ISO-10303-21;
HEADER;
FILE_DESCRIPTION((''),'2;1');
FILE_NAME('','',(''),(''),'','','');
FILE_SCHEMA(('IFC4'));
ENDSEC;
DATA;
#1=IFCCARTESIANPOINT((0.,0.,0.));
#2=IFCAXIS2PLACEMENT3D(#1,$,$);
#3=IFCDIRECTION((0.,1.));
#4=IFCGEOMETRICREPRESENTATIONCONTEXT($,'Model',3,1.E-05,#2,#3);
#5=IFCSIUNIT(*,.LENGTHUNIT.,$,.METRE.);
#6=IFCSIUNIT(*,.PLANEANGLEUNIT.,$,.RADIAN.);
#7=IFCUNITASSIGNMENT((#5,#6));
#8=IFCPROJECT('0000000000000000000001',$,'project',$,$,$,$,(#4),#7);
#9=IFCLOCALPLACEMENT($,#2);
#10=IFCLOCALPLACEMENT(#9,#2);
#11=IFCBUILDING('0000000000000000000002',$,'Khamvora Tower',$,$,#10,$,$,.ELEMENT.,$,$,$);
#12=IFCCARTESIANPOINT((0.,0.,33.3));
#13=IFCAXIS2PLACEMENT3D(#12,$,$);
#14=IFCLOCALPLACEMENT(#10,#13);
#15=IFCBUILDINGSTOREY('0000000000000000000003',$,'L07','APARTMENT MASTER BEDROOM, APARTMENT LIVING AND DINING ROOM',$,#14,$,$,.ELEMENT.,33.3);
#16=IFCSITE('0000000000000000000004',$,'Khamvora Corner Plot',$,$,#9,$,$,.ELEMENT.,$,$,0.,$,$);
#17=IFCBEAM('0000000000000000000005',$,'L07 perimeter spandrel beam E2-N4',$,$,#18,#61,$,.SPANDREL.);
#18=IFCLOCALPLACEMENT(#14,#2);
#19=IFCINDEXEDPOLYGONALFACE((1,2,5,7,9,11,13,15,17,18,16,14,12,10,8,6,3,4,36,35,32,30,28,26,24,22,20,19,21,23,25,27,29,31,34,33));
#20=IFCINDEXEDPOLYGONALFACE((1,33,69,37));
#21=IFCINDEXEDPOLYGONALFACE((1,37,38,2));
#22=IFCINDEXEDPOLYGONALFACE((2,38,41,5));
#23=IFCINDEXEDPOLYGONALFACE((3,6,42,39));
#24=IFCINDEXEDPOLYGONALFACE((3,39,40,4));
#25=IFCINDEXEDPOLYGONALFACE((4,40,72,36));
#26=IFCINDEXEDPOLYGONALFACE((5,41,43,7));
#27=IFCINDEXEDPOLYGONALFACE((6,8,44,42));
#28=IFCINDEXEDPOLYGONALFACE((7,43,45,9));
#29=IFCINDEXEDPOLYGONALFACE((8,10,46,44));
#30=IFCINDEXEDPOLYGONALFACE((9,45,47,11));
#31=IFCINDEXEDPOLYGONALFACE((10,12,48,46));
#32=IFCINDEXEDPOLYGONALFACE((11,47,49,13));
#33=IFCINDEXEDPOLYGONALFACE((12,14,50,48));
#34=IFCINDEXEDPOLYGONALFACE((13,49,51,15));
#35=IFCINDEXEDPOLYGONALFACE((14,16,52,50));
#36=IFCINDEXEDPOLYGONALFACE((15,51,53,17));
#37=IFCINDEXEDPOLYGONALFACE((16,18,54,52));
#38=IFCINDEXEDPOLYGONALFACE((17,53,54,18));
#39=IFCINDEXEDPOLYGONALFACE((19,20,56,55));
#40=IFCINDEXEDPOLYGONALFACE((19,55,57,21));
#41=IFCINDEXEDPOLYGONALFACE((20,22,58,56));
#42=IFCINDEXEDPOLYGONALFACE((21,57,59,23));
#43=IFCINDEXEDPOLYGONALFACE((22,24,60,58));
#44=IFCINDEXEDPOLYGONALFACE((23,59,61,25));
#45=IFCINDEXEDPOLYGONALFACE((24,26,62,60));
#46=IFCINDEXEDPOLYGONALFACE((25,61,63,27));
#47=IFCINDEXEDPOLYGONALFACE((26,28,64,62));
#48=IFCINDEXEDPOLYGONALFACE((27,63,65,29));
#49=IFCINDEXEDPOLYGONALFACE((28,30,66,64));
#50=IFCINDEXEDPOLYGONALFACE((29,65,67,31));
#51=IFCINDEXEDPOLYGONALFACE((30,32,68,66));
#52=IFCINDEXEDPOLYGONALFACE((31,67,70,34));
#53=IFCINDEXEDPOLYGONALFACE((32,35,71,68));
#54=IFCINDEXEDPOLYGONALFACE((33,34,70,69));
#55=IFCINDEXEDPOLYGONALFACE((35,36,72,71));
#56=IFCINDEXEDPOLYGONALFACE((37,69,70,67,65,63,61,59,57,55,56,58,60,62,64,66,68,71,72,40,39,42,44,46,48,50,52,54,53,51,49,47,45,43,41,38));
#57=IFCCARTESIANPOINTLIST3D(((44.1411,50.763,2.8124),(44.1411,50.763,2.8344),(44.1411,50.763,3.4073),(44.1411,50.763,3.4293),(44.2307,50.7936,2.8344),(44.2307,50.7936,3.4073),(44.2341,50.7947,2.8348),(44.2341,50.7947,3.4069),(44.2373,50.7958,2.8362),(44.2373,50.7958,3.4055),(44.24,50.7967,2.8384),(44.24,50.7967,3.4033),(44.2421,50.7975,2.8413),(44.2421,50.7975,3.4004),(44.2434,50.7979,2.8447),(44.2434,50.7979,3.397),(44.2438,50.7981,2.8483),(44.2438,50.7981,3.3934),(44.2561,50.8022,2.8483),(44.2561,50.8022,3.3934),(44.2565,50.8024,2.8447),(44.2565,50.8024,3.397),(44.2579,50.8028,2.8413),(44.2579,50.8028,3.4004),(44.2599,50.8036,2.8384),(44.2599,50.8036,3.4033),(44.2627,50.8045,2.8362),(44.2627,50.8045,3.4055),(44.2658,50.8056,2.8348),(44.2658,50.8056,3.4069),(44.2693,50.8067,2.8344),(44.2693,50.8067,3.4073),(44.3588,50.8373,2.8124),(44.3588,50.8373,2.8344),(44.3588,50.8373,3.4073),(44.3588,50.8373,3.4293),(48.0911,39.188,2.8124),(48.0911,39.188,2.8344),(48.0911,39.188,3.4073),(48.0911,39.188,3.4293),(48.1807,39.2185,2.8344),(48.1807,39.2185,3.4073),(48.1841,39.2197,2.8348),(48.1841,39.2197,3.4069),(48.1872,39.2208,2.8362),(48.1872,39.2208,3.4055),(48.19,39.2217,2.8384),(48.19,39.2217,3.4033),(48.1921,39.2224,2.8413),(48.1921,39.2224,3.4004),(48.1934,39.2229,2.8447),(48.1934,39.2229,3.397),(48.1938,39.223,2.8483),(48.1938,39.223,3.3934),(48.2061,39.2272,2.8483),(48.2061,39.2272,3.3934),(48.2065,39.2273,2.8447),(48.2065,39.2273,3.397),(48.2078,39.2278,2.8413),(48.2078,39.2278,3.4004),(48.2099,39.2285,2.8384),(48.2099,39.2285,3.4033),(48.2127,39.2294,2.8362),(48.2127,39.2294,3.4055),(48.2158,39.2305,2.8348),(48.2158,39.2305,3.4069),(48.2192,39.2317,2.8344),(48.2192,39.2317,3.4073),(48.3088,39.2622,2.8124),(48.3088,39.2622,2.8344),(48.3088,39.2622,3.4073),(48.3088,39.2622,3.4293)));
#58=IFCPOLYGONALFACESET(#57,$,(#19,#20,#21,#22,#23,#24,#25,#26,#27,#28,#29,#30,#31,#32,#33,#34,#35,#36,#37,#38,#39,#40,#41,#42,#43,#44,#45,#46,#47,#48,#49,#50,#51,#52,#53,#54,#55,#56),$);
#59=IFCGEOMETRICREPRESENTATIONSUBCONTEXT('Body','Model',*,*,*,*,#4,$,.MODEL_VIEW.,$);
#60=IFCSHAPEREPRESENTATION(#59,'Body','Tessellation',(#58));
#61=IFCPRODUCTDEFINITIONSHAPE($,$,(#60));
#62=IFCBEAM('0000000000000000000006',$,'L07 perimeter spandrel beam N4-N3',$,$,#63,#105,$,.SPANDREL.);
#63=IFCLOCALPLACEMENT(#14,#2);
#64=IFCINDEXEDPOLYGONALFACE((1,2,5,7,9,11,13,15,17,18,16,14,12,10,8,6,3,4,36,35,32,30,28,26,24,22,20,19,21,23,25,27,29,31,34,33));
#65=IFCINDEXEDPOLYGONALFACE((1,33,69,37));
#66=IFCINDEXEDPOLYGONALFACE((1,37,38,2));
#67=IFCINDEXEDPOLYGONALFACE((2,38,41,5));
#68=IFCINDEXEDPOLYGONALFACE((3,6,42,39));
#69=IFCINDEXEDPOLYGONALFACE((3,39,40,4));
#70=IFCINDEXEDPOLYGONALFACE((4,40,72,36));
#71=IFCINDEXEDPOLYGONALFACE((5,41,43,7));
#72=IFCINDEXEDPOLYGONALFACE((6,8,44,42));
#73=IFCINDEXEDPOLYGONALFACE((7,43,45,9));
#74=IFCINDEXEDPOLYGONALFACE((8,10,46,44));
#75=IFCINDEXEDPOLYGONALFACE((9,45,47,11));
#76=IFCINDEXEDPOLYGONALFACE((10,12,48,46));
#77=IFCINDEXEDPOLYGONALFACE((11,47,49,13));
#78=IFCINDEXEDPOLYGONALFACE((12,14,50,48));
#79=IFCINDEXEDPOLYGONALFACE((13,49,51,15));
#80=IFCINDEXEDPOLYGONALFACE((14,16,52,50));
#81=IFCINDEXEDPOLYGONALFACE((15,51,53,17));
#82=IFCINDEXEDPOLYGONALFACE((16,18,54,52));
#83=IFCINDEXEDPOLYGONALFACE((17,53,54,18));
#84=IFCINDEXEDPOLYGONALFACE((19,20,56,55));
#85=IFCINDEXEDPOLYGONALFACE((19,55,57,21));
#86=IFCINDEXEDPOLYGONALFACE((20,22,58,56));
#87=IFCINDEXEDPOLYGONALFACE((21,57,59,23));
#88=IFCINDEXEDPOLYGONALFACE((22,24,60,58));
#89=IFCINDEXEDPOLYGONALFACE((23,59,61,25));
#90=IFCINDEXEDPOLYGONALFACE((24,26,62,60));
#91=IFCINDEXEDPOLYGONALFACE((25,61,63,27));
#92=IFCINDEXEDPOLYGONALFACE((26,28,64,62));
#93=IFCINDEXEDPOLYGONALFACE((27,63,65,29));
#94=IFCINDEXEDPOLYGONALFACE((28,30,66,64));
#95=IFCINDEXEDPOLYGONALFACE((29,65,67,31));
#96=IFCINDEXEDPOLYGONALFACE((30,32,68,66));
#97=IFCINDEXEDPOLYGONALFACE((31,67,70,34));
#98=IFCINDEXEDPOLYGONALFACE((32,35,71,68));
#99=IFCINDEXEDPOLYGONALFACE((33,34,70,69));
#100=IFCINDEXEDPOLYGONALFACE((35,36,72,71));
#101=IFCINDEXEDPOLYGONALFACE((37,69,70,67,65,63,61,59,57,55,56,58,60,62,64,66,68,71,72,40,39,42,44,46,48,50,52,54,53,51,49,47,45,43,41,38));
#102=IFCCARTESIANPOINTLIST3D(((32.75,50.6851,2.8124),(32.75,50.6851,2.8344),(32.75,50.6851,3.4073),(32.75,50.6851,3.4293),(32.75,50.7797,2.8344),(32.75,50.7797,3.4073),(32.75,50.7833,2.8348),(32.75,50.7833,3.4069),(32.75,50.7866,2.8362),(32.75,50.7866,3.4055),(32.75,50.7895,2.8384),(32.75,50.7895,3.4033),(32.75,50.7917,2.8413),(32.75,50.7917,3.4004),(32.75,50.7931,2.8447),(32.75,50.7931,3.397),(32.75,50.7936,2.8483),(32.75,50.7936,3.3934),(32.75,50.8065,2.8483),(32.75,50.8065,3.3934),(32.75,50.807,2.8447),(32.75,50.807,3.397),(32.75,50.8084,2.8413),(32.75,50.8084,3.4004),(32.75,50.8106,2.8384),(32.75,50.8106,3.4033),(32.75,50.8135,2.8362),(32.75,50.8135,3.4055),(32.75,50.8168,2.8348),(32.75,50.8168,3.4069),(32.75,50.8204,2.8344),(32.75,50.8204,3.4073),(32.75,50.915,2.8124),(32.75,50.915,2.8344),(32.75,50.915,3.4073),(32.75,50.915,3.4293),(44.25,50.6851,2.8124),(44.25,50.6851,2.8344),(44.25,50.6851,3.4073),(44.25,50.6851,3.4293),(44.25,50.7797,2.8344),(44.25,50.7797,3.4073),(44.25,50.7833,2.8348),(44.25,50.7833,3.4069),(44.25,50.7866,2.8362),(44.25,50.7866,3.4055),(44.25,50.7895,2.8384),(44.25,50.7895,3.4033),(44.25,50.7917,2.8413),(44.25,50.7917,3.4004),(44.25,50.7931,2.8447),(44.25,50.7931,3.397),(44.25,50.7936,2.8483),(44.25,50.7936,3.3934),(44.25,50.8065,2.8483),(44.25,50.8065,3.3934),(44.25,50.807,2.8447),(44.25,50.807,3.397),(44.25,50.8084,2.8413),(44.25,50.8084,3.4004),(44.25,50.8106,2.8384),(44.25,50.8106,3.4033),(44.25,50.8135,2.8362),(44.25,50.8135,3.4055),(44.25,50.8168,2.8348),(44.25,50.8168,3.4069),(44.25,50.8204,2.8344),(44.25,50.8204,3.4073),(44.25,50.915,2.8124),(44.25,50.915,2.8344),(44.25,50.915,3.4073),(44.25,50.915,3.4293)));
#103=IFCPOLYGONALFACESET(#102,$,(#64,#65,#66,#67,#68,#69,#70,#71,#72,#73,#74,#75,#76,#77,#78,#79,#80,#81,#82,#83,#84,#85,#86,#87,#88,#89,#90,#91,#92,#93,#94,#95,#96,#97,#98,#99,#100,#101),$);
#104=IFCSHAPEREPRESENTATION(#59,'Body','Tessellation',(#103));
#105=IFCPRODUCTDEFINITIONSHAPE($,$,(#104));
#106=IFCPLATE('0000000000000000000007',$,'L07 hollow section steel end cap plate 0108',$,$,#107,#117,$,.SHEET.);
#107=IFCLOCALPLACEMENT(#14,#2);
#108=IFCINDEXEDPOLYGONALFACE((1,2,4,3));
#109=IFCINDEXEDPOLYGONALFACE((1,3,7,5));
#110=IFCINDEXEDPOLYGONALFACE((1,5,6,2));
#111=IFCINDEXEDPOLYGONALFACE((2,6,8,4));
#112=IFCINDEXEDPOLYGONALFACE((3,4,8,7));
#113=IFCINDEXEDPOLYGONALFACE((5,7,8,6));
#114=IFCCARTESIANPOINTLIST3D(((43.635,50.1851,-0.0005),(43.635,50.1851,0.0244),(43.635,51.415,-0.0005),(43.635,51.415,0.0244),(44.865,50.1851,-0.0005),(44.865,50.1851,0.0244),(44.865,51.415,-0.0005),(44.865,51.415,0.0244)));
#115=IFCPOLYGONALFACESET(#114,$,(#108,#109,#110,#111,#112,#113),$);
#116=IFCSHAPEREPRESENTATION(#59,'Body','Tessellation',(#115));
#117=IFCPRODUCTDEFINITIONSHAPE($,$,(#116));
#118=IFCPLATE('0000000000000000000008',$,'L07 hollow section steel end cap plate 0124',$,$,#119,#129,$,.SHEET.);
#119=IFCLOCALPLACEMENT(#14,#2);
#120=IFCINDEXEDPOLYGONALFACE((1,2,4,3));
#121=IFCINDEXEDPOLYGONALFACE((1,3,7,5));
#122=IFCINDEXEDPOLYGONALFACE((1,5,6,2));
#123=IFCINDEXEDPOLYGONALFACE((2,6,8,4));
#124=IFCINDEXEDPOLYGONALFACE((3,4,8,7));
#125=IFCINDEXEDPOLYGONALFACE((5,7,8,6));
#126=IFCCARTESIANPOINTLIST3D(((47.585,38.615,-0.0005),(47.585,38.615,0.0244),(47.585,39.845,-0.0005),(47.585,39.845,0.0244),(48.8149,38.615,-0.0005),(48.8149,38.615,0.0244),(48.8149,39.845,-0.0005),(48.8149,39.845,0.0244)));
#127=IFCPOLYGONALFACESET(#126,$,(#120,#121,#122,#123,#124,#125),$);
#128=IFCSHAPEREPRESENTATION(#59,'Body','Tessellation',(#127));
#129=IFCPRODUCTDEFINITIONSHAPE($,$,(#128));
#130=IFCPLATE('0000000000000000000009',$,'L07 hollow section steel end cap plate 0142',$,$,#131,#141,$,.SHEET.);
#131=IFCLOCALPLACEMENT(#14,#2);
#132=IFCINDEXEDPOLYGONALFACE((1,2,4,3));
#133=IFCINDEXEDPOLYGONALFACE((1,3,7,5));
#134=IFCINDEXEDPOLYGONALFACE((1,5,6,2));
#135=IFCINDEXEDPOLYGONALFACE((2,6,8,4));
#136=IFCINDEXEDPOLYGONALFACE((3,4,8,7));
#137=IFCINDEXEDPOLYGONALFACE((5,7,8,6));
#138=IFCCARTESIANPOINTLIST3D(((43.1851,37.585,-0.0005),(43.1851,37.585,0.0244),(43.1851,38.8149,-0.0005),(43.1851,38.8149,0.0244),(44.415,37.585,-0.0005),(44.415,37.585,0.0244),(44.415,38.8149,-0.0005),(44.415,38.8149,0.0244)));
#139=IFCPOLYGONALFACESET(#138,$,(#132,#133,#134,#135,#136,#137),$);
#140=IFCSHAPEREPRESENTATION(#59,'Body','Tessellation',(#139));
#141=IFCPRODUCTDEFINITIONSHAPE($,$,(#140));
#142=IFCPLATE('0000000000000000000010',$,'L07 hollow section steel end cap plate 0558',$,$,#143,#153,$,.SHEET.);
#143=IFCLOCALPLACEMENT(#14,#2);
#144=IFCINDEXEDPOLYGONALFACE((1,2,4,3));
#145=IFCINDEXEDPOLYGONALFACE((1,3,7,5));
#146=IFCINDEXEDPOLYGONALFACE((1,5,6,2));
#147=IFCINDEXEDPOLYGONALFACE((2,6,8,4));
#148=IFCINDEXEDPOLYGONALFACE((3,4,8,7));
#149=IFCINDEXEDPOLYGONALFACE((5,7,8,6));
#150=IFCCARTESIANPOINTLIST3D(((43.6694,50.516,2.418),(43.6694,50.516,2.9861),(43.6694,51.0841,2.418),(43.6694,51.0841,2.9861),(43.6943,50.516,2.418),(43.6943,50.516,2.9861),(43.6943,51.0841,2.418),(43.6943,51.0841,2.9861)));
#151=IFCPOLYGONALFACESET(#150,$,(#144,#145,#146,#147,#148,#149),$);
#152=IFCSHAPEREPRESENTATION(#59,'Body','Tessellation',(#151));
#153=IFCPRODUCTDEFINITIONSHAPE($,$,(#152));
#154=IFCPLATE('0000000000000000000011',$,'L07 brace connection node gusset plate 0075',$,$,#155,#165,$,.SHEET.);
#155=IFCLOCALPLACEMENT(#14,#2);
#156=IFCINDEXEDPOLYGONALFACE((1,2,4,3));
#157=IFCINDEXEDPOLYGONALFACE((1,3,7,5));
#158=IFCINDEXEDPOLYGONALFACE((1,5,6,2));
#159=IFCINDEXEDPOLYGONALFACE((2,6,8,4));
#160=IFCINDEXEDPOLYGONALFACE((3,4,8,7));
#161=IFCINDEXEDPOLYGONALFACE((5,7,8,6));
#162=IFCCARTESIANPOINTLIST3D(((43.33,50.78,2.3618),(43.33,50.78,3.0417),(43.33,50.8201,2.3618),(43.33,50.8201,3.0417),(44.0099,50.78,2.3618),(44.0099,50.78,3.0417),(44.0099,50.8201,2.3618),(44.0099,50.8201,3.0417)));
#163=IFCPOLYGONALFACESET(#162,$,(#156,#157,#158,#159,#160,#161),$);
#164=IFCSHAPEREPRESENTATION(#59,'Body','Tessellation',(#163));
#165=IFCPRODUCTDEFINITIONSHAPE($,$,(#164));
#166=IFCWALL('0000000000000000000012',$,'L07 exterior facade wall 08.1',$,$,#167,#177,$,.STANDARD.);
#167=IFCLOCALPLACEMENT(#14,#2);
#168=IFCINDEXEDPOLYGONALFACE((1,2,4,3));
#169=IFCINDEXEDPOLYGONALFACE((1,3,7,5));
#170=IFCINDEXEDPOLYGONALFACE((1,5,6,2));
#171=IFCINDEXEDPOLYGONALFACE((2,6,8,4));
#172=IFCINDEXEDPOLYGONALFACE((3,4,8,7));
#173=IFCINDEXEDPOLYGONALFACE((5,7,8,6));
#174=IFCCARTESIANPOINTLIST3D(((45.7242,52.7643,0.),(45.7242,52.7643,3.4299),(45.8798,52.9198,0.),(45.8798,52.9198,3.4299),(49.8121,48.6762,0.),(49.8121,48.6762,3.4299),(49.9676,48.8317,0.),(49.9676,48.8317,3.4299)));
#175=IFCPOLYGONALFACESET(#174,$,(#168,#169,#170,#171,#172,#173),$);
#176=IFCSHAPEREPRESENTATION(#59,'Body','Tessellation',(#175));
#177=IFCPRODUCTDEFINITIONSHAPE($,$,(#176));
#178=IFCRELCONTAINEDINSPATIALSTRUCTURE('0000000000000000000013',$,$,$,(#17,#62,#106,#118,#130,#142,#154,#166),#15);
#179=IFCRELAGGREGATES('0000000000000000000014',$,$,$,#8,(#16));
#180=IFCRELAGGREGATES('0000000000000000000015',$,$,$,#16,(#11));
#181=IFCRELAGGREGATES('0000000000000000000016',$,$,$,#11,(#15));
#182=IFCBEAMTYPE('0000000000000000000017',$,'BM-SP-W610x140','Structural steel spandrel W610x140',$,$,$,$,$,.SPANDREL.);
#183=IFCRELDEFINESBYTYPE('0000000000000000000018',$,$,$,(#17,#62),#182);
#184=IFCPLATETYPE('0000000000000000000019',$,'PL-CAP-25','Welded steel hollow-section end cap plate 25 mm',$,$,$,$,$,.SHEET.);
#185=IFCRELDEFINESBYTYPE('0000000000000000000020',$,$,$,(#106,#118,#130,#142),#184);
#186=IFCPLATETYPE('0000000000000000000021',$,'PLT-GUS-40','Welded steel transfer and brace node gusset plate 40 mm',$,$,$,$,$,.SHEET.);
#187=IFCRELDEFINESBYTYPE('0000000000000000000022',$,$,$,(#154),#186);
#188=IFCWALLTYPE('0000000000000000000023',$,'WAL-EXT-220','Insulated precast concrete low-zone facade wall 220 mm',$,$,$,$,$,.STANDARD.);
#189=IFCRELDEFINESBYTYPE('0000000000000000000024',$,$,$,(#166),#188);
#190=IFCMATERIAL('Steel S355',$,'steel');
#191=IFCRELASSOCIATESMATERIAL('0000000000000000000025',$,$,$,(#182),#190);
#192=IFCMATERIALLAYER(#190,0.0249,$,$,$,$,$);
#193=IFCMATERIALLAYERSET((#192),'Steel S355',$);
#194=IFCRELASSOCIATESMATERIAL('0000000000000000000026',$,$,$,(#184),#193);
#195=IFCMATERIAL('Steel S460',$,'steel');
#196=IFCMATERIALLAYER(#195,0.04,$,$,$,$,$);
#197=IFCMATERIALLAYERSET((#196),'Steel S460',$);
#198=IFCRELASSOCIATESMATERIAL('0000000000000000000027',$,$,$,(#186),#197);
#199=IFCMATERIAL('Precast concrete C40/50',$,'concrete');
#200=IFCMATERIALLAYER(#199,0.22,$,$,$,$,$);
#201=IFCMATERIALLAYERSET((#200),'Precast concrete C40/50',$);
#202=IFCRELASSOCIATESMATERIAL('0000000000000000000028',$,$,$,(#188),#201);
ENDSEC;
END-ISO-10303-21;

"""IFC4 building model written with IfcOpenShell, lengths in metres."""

from ifc_helpers import new_model, si_unit, direction, frame, frame_2d, origin, origin_2d, place, context, subcontext, project, spatial, rectangle, i_section, extrude, material, layer, layer_set, material_profile, profile_set, type_object, element, save


model = new_model("IFC4")

# Units and contexts
model_context = context("Model", 3, precision=1e-05, world=origin(), true_north=direction((0.0, 1.0)))
body_context = subcontext(model_context, "Body", "Model", "MODEL_VIEW")
ifc_project = project(units=[si_unit("LENGTHUNIT", "METRE"), si_unit("PLANEANGLEUNIT", "RADIAN")], contexts=[model_context])

# Site, building, storey
site_placement = place(None, origin())
site = spatial("IfcSite", under=ifc_project, at=site_placement, Name="Khamvora Corner Plot", CompositionType="ELEMENT", RefElevation=0.0)
building_placement = place(site_placement, origin())
building = spatial("IfcBuilding", under=site, at=building_placement, Name="Khamvora Tower", CompositionType="ELEMENT")
storey_placement = place(building_placement, frame((0.0, 0.0, 33.3)))
storey = spatial("IfcBuildingStorey", under=building, at=storey_placement, Name="L07", Description="APARTMENT MASTER BEDROOM, APARTMENT LIVING AND DINING ROOM", CompositionType="ELEMENT", Elevation=33.3)

# Shared definitions
ifc_material_1 = material(Name="Steel S460", Category="steel")

# Beams
ifc_material_2 = material(Name="Steel S355", Category="steel")
ifc_material_profile_1 = material_profile(ifc_material_2, i_section(OverallWidth=0.23, OverallDepth=0.6169, WebThickness=0.0129, FlangeThickness=0.022, FilletRadius=0.0139, at=origin_2d()), Name="W610x140")
ifc_profile_set_1 = profile_set([ifc_material_profile_1], Name="Steel S355")
beam_type_1 = type_object("IfcBeamType", Name="BM-SP-W610x140", Description="Structural steel spandrel W610x140", PredefinedType="SPANDREL", material=ifc_profile_set_1)
beam_1_placement = place(storey_placement, frame((48.2, 39.2251, 3.1208), z_axis=(-0.322963, 0.946412, 0.0), x_axis=(-0.946412, -0.322963, 0.0)))
element("IfcBeam", 1, at=beam_1_placement, inside=storey, type_object=beam_type_1, Name="L07 perimeter spandrel beam E2-N4", PredefinedType="SPANDREL", context=body_context, shape_type="SweptSolid", body=[
    extrude(i_section(OverallWidth=0.23, OverallDepth=0.6169, WebThickness=0.0129, FlangeThickness=0.022, FilletRadius=0.0139, at=origin_2d()), origin(), (0.0, 0.0, 1.0), 12.2305),
])
beam_2_placement = place(storey_placement, frame((44.25, 50.8, 3.1208), z_axis=(-1.0, 0.0, 0.0), x_axis=(0.0, -1.0, 0.0)))
element("IfcBeam", 2, at=beam_2_placement, inside=storey, type_object=beam_type_1, Name="L07 perimeter spandrel beam N4-N3", PredefinedType="SPANDREL", context=body_context, shape_type="SweptSolid", body=[
    extrude(i_section(OverallWidth=0.23, OverallDepth=0.6169, WebThickness=0.0129, FlangeThickness=0.022, FilletRadius=0.0139, at=origin_2d()), origin(), (0.0, 0.0, 1.0), 11.5),
])

# Plates
ifc_layer_1 = layer(ifc_material_2, 0.0249)
ifc_layer_set_1 = layer_set([ifc_layer_1], Name="Steel S355")
plate_type_1 = type_object("IfcPlateType", Name="PL-CAP-25", Description="Welded steel hollow-section end cap plate 25 mm", PredefinedType="SHEET", material=ifc_layer_set_1)
for number, where, z_axis, x_axis, name in (
    (3, (44.25, 50.8, -0.0005), (0.0, 0.0, 1.0), (1.0, 0.0, 0.0), "L07 hollow section steel end cap plate 0108"),
    (4, (48.2, 39.23, -0.0005), (0.0, 0.0, 1.0), (1.0, 0.0, 0.0), "L07 hollow section steel end cap plate 0124"),
    (5, (43.8, 38.2, -0.0005), (0.0, 0.0, 1.0), (1.0, 0.0, 0.0), "L07 hollow section steel end cap plate 0142"),
):
    element("IfcPlate", number, at=place(storey_placement, frame(where, z_axis=z_axis, x_axis=x_axis)), inside=storey, type_object=plate_type_1, Name=name, PredefinedType="SHEET", context=body_context, shape_type="SweptSolid", body=[
        extrude(rectangle(XDim=1.23, YDim=1.23, at=origin_2d()), origin(), (0.0, 0.0, 1.0), 0.0249),
    ])
plate_1_placement = place(storey_placement, frame((43.6819, 50.8, 2.418), z_axis=(0.0, 0.0, 1.0), x_axis=(-1.0, 0.0, 0.0)))
element("IfcPlate", 6, at=plate_1_placement, inside=storey, type_object=plate_type_1, Name="L07 hollow section steel end cap plate 0558", PredefinedType="SHEET", context=body_context, shape_type="SweptSolid", body=[
    extrude(rectangle(XDim=0.0249, YDim=0.5681, at=origin_2d()), origin(), (0.0, 0.0, 1.0), 0.5681),
])
ifc_layer_2 = layer(ifc_material_1, 0.04)
ifc_layer_set_2 = layer_set([ifc_layer_2], Name="Steel S460")
plate_type_2 = type_object("IfcPlateType", Name="PLT-GUS-40", Description="Welded steel transfer and brace node gusset plate 40 mm", PredefinedType="SHEET", material=ifc_layer_set_2)
plate_2_placement = place(storey_placement, frame((43.6699, 50.8, 2.3618), z_axis=(0.0, 0.0, 1.0), x_axis=(1.0, 0.0, 0.0)))
element("IfcPlate", 7, at=plate_2_placement, inside=storey, type_object=plate_type_2, Name="L07 brace connection node gusset plate 0075", PredefinedType="SHEET", context=body_context, shape_type="SweptSolid", body=[
    extrude(rectangle(XDim=0.6799, YDim=0.04, at=origin_2d()), origin(), (0.0, 0.0, 1.0), 0.6799),
])

# Wall
ifc_material_3 = material(Name="Precast concrete C40/50", Category="concrete")
ifc_layer_3 = layer(ifc_material_3, 0.22)
ifc_layer_set_3 = layer_set([ifc_layer_3], Name="Precast concrete C40/50")
wall_type_1 = type_object("IfcWallType", Name="WAL-EXT-220", Description="Insulated precast concrete low-zone facade wall 220 mm", PredefinedType="STANDARD", material=ifc_layer_set_3)
wall_1_placement = place(storey_placement, frame((45.802, 52.842, 0.0), z_axis=(0.0, 0.0, 1.0), x_axis=(0.707086, -0.707128, 0.0)))
element("IfcWall", 8, at=wall_1_placement, inside=storey, type_object=wall_type_1, Name="L07 exterior facade wall 08.1", PredefinedType="STANDARD", context=body_context, shape_type="SweptSolid", body=[
    extrude(rectangle(XDim=5.7812, YDim=0.22, at=frame_2d((2.8906, 0.0))), origin(), (0.0, 0.0, 1.0), 3.4299),
])

save(model, "model.ifc")
